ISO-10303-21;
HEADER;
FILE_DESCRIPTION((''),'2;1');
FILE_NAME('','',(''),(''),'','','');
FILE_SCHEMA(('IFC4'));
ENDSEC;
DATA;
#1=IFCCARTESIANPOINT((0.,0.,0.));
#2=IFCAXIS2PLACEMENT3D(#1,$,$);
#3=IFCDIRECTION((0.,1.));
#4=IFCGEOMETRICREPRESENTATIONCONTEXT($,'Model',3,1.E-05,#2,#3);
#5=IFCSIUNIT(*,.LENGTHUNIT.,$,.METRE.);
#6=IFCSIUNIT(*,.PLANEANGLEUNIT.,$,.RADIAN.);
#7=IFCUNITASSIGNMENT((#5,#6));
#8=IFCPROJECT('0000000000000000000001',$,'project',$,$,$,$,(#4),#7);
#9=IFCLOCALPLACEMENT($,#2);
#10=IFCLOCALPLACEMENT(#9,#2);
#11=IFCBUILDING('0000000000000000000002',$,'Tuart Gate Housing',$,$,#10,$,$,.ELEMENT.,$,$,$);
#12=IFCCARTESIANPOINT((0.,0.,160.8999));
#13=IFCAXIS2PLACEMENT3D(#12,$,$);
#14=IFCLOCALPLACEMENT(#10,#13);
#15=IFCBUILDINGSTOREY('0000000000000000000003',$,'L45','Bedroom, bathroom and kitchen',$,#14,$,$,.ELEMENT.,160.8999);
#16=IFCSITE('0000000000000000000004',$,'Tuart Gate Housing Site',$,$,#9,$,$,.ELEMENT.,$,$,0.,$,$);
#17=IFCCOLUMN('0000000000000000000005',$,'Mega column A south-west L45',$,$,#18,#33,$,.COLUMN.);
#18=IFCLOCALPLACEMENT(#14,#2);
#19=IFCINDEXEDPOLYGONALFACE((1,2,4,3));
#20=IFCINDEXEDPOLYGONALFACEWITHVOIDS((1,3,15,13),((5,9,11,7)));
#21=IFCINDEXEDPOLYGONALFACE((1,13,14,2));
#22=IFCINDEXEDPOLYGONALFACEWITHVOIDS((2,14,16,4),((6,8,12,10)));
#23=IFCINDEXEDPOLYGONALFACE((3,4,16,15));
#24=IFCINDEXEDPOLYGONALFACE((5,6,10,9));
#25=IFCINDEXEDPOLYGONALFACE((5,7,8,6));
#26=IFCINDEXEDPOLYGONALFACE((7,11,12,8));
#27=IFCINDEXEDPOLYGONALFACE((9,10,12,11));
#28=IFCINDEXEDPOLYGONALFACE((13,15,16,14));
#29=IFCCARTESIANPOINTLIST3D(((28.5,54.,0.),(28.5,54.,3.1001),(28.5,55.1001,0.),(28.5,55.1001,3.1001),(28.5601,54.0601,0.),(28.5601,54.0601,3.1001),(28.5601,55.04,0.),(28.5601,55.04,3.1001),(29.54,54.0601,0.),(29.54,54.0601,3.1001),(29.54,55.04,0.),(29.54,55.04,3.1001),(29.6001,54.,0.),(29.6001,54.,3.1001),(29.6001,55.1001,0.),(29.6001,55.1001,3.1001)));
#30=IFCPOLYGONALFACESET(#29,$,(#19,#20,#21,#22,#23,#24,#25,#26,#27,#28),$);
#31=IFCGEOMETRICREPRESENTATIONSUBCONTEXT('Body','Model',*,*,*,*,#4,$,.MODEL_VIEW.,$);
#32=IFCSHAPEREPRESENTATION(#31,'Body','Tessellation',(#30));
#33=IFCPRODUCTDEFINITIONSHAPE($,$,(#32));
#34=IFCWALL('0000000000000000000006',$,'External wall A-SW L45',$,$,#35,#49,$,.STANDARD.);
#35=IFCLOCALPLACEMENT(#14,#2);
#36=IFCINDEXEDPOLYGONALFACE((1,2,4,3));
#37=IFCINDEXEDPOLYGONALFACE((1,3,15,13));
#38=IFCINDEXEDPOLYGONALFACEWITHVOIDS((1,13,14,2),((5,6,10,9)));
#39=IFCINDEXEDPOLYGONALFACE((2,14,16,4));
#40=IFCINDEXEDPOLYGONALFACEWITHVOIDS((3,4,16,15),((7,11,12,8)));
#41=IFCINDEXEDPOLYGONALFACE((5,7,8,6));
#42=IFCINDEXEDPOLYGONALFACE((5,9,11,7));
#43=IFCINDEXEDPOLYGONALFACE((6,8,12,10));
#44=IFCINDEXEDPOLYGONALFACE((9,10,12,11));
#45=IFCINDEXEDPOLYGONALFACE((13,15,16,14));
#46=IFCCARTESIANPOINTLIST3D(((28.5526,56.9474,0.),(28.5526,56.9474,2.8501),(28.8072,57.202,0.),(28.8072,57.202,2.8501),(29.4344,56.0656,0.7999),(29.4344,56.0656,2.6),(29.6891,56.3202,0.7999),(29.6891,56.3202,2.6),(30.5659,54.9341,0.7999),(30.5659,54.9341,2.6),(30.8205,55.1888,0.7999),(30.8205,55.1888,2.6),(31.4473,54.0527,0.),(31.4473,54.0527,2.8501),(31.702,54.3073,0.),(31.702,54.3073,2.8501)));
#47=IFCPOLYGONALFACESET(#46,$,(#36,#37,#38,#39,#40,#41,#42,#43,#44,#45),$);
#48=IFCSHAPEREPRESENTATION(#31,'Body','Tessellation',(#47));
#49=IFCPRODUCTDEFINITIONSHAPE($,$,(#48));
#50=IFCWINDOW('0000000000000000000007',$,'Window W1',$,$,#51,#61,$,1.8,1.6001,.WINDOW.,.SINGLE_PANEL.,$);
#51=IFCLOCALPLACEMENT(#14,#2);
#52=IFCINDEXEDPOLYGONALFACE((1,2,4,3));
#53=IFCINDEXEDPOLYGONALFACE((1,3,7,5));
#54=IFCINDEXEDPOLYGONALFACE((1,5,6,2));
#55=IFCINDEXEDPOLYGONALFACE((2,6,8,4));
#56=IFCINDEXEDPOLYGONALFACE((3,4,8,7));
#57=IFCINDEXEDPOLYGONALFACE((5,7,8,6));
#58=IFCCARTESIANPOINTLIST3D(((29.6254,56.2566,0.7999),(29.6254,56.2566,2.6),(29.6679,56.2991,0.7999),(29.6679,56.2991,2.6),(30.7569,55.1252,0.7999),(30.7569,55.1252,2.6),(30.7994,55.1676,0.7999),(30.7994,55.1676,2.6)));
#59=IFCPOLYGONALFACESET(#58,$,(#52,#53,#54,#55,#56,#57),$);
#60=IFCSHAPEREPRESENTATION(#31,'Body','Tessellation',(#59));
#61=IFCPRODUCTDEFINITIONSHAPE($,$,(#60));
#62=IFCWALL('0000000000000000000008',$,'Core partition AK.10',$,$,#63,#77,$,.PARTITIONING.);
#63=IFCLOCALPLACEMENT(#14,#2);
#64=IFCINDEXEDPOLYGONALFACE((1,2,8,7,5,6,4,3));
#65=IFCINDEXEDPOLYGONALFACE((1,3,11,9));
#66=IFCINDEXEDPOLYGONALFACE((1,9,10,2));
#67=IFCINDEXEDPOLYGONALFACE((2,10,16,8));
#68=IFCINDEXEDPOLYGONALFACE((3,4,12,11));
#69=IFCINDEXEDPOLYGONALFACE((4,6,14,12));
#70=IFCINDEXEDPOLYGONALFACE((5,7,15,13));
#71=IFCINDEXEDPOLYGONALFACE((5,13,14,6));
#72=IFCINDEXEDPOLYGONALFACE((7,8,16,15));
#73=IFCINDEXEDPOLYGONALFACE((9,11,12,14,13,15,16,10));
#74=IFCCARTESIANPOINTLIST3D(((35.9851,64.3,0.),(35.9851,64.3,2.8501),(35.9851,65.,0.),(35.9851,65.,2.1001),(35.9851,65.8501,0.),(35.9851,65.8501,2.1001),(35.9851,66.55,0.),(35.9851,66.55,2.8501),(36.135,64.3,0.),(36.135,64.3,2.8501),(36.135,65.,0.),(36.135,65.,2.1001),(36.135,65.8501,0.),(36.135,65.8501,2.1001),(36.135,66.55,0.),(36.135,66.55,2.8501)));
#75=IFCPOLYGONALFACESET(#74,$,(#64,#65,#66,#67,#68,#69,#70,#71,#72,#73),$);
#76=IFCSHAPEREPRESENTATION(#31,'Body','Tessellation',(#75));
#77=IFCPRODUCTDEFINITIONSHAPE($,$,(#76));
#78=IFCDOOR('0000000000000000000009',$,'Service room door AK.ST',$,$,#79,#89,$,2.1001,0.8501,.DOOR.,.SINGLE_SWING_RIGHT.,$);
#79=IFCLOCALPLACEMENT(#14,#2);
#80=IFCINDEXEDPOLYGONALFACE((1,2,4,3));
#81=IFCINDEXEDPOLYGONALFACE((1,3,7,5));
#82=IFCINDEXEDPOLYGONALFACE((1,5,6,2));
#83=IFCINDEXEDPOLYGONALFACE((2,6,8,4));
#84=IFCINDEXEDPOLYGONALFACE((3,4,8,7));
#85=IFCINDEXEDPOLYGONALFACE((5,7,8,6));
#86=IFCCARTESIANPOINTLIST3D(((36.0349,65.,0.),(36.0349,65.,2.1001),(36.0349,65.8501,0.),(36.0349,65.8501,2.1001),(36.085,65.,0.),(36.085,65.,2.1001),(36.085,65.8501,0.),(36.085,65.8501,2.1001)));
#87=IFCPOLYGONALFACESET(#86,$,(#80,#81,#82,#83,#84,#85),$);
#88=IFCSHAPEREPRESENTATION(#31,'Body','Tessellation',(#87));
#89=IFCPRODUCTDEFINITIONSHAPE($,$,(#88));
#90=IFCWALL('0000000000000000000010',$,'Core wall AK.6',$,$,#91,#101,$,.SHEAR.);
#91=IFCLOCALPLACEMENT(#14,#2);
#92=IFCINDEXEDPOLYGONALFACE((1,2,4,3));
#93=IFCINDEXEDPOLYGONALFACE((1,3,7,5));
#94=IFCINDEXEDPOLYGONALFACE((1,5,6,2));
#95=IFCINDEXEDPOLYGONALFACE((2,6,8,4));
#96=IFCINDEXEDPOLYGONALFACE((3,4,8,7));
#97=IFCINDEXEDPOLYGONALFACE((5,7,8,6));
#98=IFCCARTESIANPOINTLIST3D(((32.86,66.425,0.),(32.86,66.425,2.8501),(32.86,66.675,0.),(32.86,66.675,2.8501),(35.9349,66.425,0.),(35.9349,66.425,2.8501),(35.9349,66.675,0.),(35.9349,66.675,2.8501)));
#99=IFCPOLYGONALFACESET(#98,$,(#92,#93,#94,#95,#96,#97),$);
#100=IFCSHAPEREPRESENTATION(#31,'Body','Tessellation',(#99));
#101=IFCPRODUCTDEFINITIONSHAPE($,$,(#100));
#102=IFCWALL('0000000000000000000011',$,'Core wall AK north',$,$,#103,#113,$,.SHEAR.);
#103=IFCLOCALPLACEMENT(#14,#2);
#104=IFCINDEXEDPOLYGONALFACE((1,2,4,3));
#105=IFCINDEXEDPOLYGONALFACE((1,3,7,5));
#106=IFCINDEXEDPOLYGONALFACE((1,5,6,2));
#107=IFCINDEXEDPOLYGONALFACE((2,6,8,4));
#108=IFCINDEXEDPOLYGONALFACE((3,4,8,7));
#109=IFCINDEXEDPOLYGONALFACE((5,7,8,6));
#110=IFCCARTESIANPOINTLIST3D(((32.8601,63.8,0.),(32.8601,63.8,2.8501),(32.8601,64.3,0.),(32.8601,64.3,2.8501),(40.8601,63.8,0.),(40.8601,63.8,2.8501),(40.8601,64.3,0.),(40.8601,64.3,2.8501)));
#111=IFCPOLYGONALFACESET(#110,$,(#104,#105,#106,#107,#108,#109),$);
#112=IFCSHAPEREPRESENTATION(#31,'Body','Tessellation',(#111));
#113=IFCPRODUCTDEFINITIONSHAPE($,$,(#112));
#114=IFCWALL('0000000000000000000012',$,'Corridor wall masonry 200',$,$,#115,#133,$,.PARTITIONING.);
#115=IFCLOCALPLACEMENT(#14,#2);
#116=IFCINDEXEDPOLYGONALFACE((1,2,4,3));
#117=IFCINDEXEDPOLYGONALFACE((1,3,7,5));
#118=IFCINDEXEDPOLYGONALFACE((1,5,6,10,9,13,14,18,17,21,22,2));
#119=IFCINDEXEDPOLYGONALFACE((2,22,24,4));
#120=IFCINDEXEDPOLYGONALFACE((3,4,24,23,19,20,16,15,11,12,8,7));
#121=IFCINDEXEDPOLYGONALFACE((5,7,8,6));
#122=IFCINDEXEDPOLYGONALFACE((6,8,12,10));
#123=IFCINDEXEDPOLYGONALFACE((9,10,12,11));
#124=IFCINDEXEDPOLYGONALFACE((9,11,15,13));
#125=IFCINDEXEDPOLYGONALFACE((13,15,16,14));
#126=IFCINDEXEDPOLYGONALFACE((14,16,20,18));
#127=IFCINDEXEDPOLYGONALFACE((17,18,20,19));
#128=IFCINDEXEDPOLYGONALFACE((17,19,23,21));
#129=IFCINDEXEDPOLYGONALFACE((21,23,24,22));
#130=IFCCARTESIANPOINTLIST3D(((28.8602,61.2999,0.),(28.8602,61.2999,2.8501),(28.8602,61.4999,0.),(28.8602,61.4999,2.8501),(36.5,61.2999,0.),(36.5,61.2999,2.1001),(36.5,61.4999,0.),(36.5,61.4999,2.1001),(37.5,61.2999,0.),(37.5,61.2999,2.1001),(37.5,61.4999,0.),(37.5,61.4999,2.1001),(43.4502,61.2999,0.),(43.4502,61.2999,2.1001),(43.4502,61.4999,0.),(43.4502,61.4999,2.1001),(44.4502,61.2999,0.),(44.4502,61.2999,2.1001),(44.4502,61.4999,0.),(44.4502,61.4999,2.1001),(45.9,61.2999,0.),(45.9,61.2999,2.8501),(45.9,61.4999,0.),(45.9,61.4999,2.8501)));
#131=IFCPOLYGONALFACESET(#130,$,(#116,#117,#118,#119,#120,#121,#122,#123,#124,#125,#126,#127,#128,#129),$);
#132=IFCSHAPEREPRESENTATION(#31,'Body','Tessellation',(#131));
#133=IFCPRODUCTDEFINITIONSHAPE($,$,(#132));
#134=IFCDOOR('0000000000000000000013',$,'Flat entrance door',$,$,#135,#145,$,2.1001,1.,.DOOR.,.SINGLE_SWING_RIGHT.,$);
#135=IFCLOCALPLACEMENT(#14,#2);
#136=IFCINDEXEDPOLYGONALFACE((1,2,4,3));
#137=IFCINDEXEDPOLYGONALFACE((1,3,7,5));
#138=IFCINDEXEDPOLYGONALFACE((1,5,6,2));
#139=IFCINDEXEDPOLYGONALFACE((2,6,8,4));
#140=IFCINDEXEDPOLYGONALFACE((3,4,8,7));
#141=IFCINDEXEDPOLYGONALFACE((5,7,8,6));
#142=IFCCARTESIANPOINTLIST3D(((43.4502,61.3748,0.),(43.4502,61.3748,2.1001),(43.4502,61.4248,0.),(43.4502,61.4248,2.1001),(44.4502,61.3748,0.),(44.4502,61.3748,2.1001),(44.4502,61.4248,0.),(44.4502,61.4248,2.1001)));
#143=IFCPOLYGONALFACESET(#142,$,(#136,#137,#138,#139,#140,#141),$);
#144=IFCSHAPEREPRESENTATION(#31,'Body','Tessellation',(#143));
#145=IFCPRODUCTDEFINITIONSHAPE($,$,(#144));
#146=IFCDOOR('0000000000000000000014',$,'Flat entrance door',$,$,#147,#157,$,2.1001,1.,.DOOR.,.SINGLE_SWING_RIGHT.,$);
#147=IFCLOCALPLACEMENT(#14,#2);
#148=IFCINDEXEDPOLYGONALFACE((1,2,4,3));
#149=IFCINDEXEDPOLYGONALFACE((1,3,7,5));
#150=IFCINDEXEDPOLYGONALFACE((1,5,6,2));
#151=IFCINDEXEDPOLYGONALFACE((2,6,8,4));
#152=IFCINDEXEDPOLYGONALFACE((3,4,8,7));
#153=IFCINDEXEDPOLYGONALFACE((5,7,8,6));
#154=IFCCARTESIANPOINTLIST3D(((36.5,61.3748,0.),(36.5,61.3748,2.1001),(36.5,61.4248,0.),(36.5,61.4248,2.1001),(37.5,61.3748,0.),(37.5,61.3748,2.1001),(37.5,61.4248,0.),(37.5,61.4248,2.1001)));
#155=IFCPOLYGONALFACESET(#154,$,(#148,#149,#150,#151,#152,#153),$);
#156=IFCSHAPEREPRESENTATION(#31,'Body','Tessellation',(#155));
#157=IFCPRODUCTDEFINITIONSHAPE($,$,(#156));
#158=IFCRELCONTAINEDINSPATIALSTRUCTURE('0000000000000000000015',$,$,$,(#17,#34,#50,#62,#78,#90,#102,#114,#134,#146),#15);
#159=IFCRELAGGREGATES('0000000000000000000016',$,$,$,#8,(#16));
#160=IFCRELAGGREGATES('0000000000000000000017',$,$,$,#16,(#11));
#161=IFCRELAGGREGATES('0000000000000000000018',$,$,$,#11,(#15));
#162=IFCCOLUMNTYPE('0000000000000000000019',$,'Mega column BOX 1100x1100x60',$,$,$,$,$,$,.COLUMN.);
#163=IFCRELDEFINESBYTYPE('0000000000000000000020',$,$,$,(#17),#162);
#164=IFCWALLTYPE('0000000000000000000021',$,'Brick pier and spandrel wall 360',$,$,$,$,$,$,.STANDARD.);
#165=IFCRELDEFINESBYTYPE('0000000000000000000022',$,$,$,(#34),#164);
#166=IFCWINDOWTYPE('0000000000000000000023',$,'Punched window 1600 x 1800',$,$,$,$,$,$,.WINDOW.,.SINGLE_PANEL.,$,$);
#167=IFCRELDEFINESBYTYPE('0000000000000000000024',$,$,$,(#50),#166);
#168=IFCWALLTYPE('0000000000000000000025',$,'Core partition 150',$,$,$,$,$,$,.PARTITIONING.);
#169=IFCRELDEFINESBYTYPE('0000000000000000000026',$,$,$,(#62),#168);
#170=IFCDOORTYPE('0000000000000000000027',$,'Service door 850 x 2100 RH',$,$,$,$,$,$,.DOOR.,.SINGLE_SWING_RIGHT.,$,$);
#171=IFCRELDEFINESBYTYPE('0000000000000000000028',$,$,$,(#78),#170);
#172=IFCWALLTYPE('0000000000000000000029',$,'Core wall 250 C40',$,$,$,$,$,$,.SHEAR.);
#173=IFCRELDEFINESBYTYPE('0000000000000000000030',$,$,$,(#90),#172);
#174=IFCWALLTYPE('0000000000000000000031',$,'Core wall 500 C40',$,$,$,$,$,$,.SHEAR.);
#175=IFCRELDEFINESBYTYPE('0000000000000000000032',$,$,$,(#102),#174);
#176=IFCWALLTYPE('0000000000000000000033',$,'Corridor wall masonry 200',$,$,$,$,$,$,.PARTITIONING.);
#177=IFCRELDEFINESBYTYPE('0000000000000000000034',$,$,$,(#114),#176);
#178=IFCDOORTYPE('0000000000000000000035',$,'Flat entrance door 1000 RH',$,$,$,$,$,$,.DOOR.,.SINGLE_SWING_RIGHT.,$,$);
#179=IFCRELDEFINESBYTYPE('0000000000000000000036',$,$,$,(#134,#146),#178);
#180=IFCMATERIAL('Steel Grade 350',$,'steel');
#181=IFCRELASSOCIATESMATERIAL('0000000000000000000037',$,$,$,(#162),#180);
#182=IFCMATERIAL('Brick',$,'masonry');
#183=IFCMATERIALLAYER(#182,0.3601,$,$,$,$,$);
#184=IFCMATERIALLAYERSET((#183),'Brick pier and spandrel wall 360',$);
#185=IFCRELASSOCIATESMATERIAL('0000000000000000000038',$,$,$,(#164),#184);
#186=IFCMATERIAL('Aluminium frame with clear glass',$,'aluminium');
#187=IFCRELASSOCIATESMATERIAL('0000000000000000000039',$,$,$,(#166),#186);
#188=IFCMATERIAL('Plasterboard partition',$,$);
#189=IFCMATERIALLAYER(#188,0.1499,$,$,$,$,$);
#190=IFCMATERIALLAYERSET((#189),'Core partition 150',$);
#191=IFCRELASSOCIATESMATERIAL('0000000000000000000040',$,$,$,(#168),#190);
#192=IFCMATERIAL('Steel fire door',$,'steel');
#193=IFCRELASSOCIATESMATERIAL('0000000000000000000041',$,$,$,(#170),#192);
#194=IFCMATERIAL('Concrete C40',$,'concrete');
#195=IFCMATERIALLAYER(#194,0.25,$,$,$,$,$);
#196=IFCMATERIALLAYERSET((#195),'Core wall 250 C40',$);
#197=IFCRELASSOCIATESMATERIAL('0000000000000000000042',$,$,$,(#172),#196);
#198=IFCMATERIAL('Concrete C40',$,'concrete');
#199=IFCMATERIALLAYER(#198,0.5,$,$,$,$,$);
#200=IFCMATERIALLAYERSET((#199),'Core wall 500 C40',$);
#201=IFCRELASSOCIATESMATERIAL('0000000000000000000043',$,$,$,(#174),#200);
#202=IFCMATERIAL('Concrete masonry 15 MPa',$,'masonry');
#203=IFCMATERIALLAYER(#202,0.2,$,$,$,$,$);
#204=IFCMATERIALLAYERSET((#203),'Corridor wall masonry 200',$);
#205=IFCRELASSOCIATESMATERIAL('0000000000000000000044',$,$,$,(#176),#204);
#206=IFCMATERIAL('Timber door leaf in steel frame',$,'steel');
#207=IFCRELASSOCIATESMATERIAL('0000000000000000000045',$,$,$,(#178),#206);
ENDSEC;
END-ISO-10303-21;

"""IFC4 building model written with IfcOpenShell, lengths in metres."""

from ifc_helpers import new_model, si_unit, direction, frame, frame_2d, origin, origin_2d, place, context, subcontext, project, spatial, rectangle, hollow_rectangle, extrude, material, layer, layer_set, material_profile, profile_set, type_object, element, fill, save


model = new_model("IFC4")

# Units and contexts
model_context = context("Model", 3, precision=1e-05, world=origin(), true_north=direction((0.0, 1.0)))
body_context = subcontext(model_context, "Body", "Model", "MODEL_VIEW")
ifc_project = project(units=[si_unit("LENGTHUNIT", "METRE"), si_unit("PLANEANGLEUNIT", "RADIAN")], contexts=[model_context])

# Site, building, storey
site_placement = place(None, origin())
site = spatial("IfcSite", under=ifc_project, at=site_placement, Name="Tuart Gate Housing Site", CompositionType="ELEMENT", RefElevation=0.0)
building_placement = place(site_placement, origin())
building = spatial("IfcBuilding", under=site, at=building_placement, Name="Tuart Gate Housing", CompositionType="ELEMENT")
storey_placement = place(building_placement, frame((0.0, 0.0, 160.8999)))
storey = spatial("IfcBuildingStorey", under=building, at=storey_placement, Name="L45", Description="Bedroom, bathroom and kitchen", CompositionType="ELEMENT", Elevation=160.8999)

# Column
ifc_material_1 = material(Name="Steel Grade 350", Category="steel")
ifc_material_profile = material_profile(ifc_material_1, hollow_rectangle(XDim=1.1001, YDim=1.1001, WallThickness=0.0601, at=origin_2d()), Name="BOX 1100x1100x60")
ifc_profile_set = profile_set([ifc_material_profile], Name="Steel Grade 350")
column_type = type_object("IfcColumnType", Name="Mega column BOX 1100x1100x60", PredefinedType="COLUMN", material=ifc_profile_set)
column_placement = place(storey_placement, frame((29.05, 54.55, 0.0), z_axis=(0.0, 0.0, 1.0), x_axis=(1.0, 0.0, 0.0)))
element("IfcColumn", 1, at=column_placement, inside=storey, type_object=column_type, Name="Mega column A south-west L45", PredefinedType="COLUMN", context=body_context, shape_type="SweptSolid", body=[
    extrude(hollow_rectangle(XDim=1.1001, YDim=1.1001, WallThickness=0.0601, at=origin_2d()), origin(), (0.0, 0.0, 1.0), 3.1001),
])

# Wall, opening, window
ifc_material_2 = material(Name="Brick", Category="masonry")
ifc_layer_1 = layer(ifc_material_2, 0.3601)
ifc_layer_set_1 = layer_set([ifc_layer_1], Name="Brick pier and spandrel wall 360")
wall_type_1 = type_object("IfcWallType", Name="Brick pier and spandrel wall 360", PredefinedType="STANDARD", material=ifc_layer_set_1)
wall_1_placement = place(storey_placement, frame((28.6799, 57.0747, 0.0), z_axis=(0.0, 0.0, 1.0), x_axis=(0.707107, -0.707107, 0.0)))
wall_1 = element("IfcWall", 2, at=wall_1_placement, inside=storey, type_object=wall_type_1, Name="External wall A-SW L45", PredefinedType="STANDARD", context=body_context, shape_type="SweptSolid", body=[
    extrude(rectangle(XDim=4.0938, YDim=0.3601, at=frame_2d((2.0469, 0.0))), origin(), (0.0, 0.0, 1.0), 2.8501),
])
opening_1_placement = place(wall_1_placement, frame((1.2471, 0.0, 0.8)))
opening_1 = element("IfcOpeningElement", 3, at=opening_1_placement, cuts=wall_1, PredefinedType="OPENING", context=body_context, shape_type="SweptSolid", body=[
    extrude(rectangle(XDim=1.6001, YDim=1.8, at=frame_2d((0.8, 0.8999))), frame((0.0, 0.1899, 0.0), z_axis=(0.0, -1.0, 0.0), x_axis=(1.0, 0.0, 0.0)), (0.0, 0.0, 1.0), 0.3801),
])
ifc_material_3 = material(Name="Aluminium frame with clear glass", Category="aluminium")
window_type = type_object("IfcWindowType", Name="Punched window 1600 x 1800", PartitioningType="SINGLE_PANEL", PredefinedType="WINDOW", material=ifc_material_3)
window_placement = place(opening_1_placement, origin())
window = element("IfcWindow", 4, at=window_placement, inside=storey, type_object=window_type, Name="Window W1", OverallHeight=1.8, OverallWidth=1.6001, PartitioningType="SINGLE_PANEL", PredefinedType="WINDOW", context=body_context, shape_type="SweptSolid", body=[
    extrude(rectangle(XDim=1.6001, YDim=1.8, at=frame_2d((0.8, 0.8999))), frame((0.0, 0.1501, 0.0), z_axis=(0.0, -1.0, 0.0), x_axis=(1.0, 0.0, 0.0)), (0.0, 0.0, 1.0), 0.0601),
])
fill(opening_1, window)

# Wall, opening, door
ifc_material_4 = material(Name="Plasterboard partition")
ifc_layer_2 = layer(ifc_material_4, 0.1499)
ifc_layer_set_2 = layer_set([ifc_layer_2], Name="Core partition 150")
wall_type_2 = type_object("IfcWallType", Name="Core partition 150", PredefinedType="PARTITIONING", material=ifc_layer_set_2)
wall_2_placement = place(storey_placement, frame((36.0601, 66.55, 0.0), z_axis=(0.0, 0.0, 1.0), x_axis=(0.0, -1.0, 0.0)))
wall_2 = element("IfcWall", 5, at=wall_2_placement, inside=storey, type_object=wall_type_2, Name="Core partition AK.10", PredefinedType="PARTITIONING", context=body_context, shape_type="SweptSolid", body=[
    extrude(rectangle(XDim=2.25, YDim=0.1499, at=frame_2d((1.125, 0.0))), origin(), (0.0, 0.0, 1.0), 2.8501),
])
opening_2_placement = place(wall_2_placement, frame((0.7, 0.0, 0.0)))
opening_2 = element("IfcOpeningElement", 6, at=opening_2_placement, cuts=wall_2, PredefinedType="OPENING", context=body_context, shape_type="SweptSolid", body=[
    extrude(rectangle(XDim=0.8501, YDim=2.1001, at=frame_2d((0.425, 1.05))), frame((0.0, 0.085, 0.0), z_axis=(0.0, -1.0, 0.0), x_axis=(1.0, 0.0, 0.0)), (0.0, 0.0, 1.0), 0.1699),
])
ifc_material_5 = material(Name="Steel fire door", Category="steel")
door_type_1 = type_object("IfcDoorType", Name="Service door 850 x 2100 RH", OperationType="SINGLE_SWING_RIGHT", PredefinedType="DOOR", material=ifc_material_5)
door_1_placement = place(opening_2_placement, frame((0.8501, 0.0, 0.0), z_axis=(0.0, 0.0, 1.0), x_axis=(-1.0, 0.0, 0.0)))
door_1 = element("IfcDoor", 7, at=door_1_placement, inside=storey, type_object=door_type_1, Name="Service room door AK.ST", OperationType="SINGLE_SWING_RIGHT", OverallHeight=2.1001, OverallWidth=0.8501, PredefinedType="DOOR", context=body_context, shape_type="SweptSolid", body=[
    extrude(rectangle(XDim=0.8501, YDim=2.1001, at=frame_2d((0.425, 1.05))), frame((0.0, 0.0251, 0.0), z_axis=(0.0, -1.0, 0.0), x_axis=(1.0, 0.0, 0.0)), (0.0, 0.0, 1.0), 0.05),
])
fill(opening_2, door_1)

# Walls
ifc_material_6 = material(Name="Concrete C40", Category="concrete")
ifc_layer_3 = layer(ifc_material_6, 0.25)
ifc_layer_set_3 = layer_set([ifc_layer_3], Name="Core wall 250 C40")
wall_type_3 = type_object("IfcWallType", Name="Core wall 250 C40", PredefinedType="SHEAR", material=ifc_layer_set_3)
wall_3_placement = place(storey_placement, frame((35.9351, 66.55, 0.0), z_axis=(0.0, 0.0, 1.0), x_axis=(-1.0, 0.0, 0.0)))
element("IfcWall", 8, at=wall_3_placement, inside=storey, type_object=wall_type_3, Name="Core wall AK.6", PredefinedType="SHEAR", context=body_context, shape_type="SweptSolid", body=[
    extrude(rectangle(XDim=3.075, YDim=0.25, at=frame_2d((1.5376, 0.0))), origin(), (0.0, 0.0, 1.0), 2.8501),
])
ifc_material_7 = material(Name="Concrete C40", Category="concrete")
ifc_layer_4 = layer(ifc_material_7, 0.5)
ifc_layer_set_4 = layer_set([ifc_layer_4], Name="Core wall 500 C40")
wall_type_4 = type_object("IfcWallType", Name="Core wall 500 C40", PredefinedType="SHEAR", material=ifc_layer_set_4)
wall_4_placement = place(storey_placement, frame((40.8601, 64.05, 0.0), z_axis=(0.0, 0.0, 1.0), x_axis=(-1.0, 0.0, 0.0)))
element("IfcWall", 9, at=wall_4_placement, inside=storey, type_object=wall_type_4, Name="Core wall AK north", PredefinedType="SHEAR", context=body_context, shape_type="SweptSolid", body=[
    extrude(rectangle(XDim=8.0, YDim=0.5, at=frame_2d((4.0, 0.0))), origin(), (0.0, 0.0, 1.0), 2.8501),
])

# Wall, openings, doors
ifc_material_8 = material(Name="Concrete masonry 15 MPa", Category="masonry")
ifc_layer_5 = layer(ifc_material_8, 0.2)
ifc_layer_set_5 = layer_set([ifc_layer_5], Name="Corridor wall masonry 200")
wall_type_5 = type_object("IfcWallType", Name="Corridor wall masonry 200", PredefinedType="PARTITIONING", material=ifc_layer_set_5)
wall_5_placement = place(storey_placement, frame((28.8601, 61.3999, 0.0), z_axis=(0.0, 0.0, 1.0), x_axis=(1.0, 0.0, 0.0)))
wall_5 = element("IfcWall", 10, at=wall_5_placement, inside=storey, type_object=wall_type_5, Name="Corridor wall masonry 200", PredefinedType="PARTITIONING", context=body_context, shape_type="SweptSolid", body=[
    extrude(rectangle(XDim=17.0398, YDim=0.2, at=frame_2d((8.52, 0.0))), origin(), (0.0, 0.0, 1.0), 2.8501),
])
opening_3_placement = place(wall_5_placement, frame((14.5901, 0.0, 0.0)))
opening_3 = element("IfcOpeningElement", 11, at=opening_3_placement, cuts=wall_5, PredefinedType="OPENING", context=body_context, shape_type="SweptSolid", body=[
    extrude(rectangle(XDim=1.0, YDim=2.1001, at=frame_2d((0.5, 1.05))), frame((0.0, 0.1099, 0.0), z_axis=(0.0, -1.0, 0.0), x_axis=(1.0, 0.0, 0.0)), (0.0, 0.0, 1.0), 0.22),
])
opening_4_placement = place(wall_5_placement, frame((7.6399, 0.0, 0.0)))
opening_4 = element("IfcOpeningElement", 12, at=opening_4_placement, cuts=wall_5, PredefinedType="OPENING", context=body_context, shape_type="SweptSolid", body=[
    extrude(rectangle(XDim=1.0, YDim=2.1001, at=frame_2d((0.5, 1.05))), frame((0.0, 0.1099, 0.0), z_axis=(0.0, -1.0, 0.0), x_axis=(1.0, 0.0, 0.0)), (0.0, 0.0, 1.0), 0.22),
])
ifc_material_9 = material(Name="Timber door leaf in steel frame", Category="steel")
door_type_2 = type_object("IfcDoorType", Name="Flat entrance door 1000 RH", OperationType="SINGLE_SWING_RIGHT", PredefinedType="DOOR", material=ifc_material_9)
door_2_placement = place(opening_3_placement, frame((1.0, 0.0, 0.0), z_axis=(0.0, 0.0, 1.0), x_axis=(-1.0, 0.0, 0.0)))
door_2 = element("IfcDoor", 13, at=door_2_placement, inside=storey, type_object=door_type_2, Name="Flat entrance door", OperationType="SINGLE_SWING_RIGHT", OverallHeight=2.1001, OverallWidth=1.0, PredefinedType="DOOR", context=body_context, shape_type="SweptSolid", body=[
    extrude(rectangle(XDim=1.0, YDim=2.1001, at=frame_2d((0.5, 1.05))), frame((0.0, 0.0251, 0.0), z_axis=(0.0, -1.0, 0.0), x_axis=(1.0, 0.0, 0.0)), (0.0, 0.0, 1.0), 0.05),
])
fill(opening_3, door_2)
door_3_placement = place(opening_4_placement, frame((1.0, 0.0, 0.0), z_axis=(0.0, 0.0, 1.0), x_axis=(-1.0, 0.0, 0.0)))
door_3 = element("IfcDoor", 14, at=door_3_placement, inside=storey, type_object=door_type_2, Name="Flat entrance door", OperationType="SINGLE_SWING_RIGHT", OverallHeight=2.1001, OverallWidth=1.0, PredefinedType="DOOR", context=body_context, shape_type="SweptSolid", body=[
    extrude(rectangle(XDim=1.0, YDim=2.1001, at=frame_2d((0.5, 1.05))), frame((0.0, 0.0251, 0.0), z_axis=(0.0, -1.0, 0.0), x_axis=(1.0, 0.0, 0.0)), (0.0, 0.0, 1.0), 0.05),
])
fill(opening_4, door_3)

save(model, "model.ifc")
